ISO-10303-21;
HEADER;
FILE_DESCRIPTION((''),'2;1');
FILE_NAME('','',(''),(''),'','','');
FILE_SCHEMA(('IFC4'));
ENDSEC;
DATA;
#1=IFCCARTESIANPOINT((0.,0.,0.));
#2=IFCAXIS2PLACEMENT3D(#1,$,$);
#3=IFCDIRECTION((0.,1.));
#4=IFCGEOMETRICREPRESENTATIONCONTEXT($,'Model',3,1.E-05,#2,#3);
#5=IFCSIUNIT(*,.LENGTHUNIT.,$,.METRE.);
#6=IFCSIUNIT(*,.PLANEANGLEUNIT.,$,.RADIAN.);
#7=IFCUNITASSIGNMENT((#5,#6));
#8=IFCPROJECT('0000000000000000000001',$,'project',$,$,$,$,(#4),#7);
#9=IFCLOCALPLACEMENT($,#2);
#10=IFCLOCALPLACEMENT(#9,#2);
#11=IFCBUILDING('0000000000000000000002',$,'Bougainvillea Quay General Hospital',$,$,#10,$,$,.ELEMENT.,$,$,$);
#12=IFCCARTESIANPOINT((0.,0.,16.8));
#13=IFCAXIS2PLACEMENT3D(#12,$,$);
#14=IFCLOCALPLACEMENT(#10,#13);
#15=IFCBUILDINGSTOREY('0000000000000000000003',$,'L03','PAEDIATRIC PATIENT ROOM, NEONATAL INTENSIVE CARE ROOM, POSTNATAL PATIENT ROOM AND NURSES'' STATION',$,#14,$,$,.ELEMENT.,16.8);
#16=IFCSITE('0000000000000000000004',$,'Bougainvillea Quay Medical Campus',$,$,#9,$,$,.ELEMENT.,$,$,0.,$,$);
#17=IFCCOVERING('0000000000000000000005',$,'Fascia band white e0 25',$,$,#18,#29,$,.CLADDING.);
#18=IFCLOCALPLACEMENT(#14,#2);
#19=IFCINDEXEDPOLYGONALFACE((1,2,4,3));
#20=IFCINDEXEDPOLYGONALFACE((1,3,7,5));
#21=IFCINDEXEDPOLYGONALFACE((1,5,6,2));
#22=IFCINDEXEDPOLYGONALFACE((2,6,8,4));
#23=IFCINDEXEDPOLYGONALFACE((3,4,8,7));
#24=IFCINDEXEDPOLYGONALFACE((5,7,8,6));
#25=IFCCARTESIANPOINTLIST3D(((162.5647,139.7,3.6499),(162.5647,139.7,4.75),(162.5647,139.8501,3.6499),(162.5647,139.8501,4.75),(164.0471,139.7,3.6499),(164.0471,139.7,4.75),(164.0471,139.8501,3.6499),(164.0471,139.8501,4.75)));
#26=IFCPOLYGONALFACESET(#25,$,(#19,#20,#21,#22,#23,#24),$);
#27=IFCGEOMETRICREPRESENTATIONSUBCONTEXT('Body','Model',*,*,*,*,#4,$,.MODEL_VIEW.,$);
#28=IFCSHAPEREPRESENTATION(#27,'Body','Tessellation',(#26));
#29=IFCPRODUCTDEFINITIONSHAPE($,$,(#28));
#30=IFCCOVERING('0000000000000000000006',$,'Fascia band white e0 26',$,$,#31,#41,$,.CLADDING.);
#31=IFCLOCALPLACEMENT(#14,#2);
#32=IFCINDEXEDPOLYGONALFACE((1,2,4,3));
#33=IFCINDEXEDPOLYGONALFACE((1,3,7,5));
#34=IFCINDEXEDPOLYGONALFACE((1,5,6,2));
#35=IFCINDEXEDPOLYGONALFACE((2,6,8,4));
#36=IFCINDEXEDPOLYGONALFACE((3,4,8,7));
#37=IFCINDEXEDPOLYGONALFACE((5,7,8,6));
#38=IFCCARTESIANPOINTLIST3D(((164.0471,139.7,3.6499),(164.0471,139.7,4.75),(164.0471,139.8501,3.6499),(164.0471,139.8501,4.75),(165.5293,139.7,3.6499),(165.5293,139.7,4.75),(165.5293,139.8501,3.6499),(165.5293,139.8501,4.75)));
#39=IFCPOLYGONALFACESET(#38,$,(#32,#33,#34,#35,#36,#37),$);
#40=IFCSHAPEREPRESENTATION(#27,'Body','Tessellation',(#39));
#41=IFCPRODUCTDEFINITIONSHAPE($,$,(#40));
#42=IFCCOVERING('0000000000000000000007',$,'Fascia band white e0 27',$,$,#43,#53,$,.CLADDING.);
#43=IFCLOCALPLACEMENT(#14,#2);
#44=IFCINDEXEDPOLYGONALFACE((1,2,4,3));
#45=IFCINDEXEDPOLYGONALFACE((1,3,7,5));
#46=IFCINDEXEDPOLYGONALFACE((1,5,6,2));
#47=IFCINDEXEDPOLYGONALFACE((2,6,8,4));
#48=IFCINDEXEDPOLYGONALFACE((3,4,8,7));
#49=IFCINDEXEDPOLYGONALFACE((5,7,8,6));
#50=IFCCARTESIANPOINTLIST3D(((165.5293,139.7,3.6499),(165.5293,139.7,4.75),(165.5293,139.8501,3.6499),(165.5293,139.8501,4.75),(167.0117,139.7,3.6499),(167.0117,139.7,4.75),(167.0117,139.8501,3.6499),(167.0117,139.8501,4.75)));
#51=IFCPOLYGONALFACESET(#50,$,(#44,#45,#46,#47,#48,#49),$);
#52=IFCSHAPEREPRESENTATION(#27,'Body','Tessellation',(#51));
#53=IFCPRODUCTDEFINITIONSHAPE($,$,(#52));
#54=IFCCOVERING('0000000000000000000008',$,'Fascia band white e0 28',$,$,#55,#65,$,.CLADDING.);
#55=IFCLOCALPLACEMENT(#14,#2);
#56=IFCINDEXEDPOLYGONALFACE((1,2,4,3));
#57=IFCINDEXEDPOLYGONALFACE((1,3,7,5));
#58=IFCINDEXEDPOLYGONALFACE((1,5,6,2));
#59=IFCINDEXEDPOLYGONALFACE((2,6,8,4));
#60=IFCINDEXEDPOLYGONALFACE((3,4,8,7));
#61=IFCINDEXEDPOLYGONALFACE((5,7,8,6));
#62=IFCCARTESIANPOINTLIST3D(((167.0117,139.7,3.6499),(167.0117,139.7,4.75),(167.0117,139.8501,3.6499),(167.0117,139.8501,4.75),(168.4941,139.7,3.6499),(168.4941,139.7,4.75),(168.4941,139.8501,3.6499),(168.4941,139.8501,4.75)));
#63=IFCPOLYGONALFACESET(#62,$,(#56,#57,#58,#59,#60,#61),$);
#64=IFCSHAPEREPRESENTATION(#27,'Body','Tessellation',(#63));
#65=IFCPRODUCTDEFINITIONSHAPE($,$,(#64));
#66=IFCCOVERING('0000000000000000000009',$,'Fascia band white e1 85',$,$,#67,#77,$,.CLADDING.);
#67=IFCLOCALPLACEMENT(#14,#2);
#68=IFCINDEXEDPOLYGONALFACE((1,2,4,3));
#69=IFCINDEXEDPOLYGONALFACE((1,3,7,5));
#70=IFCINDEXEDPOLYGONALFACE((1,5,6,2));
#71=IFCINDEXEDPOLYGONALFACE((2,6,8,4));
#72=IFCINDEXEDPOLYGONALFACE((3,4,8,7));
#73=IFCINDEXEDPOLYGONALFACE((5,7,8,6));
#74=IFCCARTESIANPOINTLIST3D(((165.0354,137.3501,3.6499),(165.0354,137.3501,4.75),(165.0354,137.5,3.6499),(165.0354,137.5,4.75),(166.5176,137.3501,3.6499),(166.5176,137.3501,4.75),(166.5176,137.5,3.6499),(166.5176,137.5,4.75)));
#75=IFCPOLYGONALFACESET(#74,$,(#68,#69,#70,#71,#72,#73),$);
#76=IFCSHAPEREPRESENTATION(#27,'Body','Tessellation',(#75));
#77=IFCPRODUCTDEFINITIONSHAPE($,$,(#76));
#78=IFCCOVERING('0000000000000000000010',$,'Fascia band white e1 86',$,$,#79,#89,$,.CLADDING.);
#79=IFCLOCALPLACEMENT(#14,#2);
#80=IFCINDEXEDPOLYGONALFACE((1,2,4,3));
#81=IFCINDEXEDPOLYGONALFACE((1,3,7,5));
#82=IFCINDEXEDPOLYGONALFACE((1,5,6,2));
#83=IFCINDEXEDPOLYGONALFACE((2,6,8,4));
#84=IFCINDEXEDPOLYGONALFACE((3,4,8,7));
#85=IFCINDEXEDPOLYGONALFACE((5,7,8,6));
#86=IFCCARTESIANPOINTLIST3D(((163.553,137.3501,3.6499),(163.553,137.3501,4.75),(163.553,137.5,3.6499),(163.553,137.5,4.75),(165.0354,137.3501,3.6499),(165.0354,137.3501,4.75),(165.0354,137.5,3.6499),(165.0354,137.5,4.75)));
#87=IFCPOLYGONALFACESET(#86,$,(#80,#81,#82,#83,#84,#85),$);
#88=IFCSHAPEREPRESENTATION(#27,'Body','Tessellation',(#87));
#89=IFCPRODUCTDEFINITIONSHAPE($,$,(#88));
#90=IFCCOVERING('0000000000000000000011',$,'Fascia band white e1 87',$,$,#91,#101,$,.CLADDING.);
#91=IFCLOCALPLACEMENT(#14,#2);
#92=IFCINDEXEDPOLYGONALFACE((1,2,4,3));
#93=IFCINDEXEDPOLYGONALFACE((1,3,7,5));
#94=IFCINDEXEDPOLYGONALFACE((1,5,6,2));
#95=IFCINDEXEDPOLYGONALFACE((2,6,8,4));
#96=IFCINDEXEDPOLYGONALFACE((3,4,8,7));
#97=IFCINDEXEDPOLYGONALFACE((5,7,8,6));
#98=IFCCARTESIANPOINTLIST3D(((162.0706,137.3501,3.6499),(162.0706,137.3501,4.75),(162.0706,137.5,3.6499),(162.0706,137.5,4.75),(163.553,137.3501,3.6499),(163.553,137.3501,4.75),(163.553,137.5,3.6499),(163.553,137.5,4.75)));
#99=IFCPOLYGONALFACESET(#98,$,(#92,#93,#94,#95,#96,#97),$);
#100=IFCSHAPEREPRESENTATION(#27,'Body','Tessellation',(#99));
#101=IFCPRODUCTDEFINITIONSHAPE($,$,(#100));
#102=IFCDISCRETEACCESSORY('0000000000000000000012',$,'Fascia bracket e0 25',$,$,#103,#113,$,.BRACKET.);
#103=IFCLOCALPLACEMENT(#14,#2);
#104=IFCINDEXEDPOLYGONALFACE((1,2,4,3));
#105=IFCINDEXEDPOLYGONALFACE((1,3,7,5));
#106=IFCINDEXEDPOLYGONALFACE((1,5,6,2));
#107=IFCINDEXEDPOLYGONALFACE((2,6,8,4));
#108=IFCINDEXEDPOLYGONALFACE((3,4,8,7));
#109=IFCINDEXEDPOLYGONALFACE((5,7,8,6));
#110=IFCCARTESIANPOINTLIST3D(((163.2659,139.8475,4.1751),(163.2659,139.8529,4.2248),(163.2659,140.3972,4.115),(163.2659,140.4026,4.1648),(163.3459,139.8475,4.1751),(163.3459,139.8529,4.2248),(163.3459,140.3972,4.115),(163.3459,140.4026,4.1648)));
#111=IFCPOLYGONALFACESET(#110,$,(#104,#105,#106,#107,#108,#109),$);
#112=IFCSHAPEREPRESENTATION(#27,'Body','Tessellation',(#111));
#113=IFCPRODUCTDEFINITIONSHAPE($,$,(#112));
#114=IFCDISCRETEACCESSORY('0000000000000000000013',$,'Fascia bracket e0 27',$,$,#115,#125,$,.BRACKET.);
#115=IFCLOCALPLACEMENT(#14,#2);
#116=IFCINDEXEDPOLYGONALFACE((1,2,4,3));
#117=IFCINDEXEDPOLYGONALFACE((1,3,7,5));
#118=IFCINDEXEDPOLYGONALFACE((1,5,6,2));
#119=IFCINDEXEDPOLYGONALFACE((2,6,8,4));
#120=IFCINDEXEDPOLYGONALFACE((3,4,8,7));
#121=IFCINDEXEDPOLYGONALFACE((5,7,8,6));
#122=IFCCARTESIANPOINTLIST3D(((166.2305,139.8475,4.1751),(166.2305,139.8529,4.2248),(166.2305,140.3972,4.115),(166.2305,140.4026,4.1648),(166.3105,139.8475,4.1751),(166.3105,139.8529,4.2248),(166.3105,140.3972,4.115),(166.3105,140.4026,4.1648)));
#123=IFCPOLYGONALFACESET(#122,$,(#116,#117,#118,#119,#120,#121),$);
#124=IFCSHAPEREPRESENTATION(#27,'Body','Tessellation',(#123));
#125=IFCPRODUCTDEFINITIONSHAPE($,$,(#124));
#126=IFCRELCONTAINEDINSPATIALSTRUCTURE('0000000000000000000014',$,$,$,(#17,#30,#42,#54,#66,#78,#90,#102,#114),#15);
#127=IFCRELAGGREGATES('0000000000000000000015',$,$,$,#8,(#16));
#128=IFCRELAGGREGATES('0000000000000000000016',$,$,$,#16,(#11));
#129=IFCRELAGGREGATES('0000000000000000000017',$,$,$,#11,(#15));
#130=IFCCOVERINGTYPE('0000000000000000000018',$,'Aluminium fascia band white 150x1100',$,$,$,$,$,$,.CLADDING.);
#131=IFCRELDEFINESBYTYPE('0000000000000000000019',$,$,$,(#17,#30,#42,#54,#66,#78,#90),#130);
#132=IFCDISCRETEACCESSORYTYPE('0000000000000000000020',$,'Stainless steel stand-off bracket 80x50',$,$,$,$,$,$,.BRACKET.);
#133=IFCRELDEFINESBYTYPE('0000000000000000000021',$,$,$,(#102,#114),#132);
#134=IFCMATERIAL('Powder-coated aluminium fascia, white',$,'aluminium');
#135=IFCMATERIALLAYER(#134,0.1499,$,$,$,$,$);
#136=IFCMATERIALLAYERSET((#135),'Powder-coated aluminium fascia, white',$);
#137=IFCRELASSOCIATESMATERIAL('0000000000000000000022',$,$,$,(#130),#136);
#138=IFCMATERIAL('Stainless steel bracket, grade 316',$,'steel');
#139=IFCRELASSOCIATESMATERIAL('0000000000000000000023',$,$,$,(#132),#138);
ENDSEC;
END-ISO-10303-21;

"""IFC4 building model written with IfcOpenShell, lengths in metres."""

from ifc_helpers import new_model, si_unit, direction, frame, origin, origin_2d, place, context, subcontext, project, spatial, polyline, rectangle, outline, extrude, material, layer, layer_set, material_profile, profile_set, type_object, element, save


model = new_model("IFC4")

# Units and contexts
model_context = context("Model", 3, precision=1e-05, world=origin(), true_north=direction((0.0, 1.0)))
body_context = subcontext(model_context, "Body", "Model", "MODEL_VIEW")
ifc_project = project(units=[si_unit("LENGTHUNIT", "METRE"), si_unit("PLANEANGLEUNIT", "RADIAN")], contexts=[model_context])

# Site, building, storey
site_placement = place(None, origin())
site = spatial("IfcSite", under=ifc_project, at=site_placement, Name="Bougainvillea Quay Medical Campus", CompositionType="ELEMENT", RefElevation=0.0)
building_placement = place(site_placement, origin())
building = spatial("IfcBuilding", under=site, at=building_placement, Name="Bougainvillea Quay General Hospital", CompositionType="ELEMENT")
storey_placement = place(building_placement, frame((0.0, 0.0, 16.8)))
storey = spatial("IfcBuildingStorey", under=building, at=storey_placement, Name="L03", Description="PAEDIATRIC PATIENT ROOM, NEONATAL INTENSIVE CARE ROOM, POSTNATAL PATIENT ROOM AND NURSES' STATION", CompositionType="ELEMENT", Elevation=16.8)

# Coverings
ifc_material_1 = material(Name="Powder-coated aluminium fascia, white", Category="aluminium")
ifc_layer_1 = layer(ifc_material_1, 0.1499)
ifc_layer_set_1 = layer_set([ifc_layer_1], Name="Powder-coated aluminium fascia, white")
covering_type = type_object("IfcCoveringType", Name="Aluminium fascia band white 150x1100", PredefinedType="CLADDING", material=ifc_layer_set_1)
covering_1_placement = place(storey_placement, frame((162.5647, 139.8501, 3.6499), z_axis=(0.0, 0.0, 1.0), x_axis=(1.0, 0.0, 0.0)))
element("IfcCovering", 1, at=covering_1_placement, inside=storey, type_object=covering_type, Name="Fascia band white e0 25", PredefinedType="CLADDING", context=body_context, shape_type="SweptSolid", body=[
    extrude(outline(polyline([(0.0, 0.0), (1.4824, 0.0), (1.4824, -0.1501), (0.0, -0.1501), (0.0, 0.0)])), origin(), (0.0, 0.0, 1.0), 1.1001),
])
covering_2_placement = place(storey_placement, frame((164.0471, 139.8501, 3.6499), z_axis=(0.0, 0.0, 1.0), x_axis=(1.0, 0.0, 0.0)))
element("IfcCovering", 2, at=covering_2_placement, inside=storey, type_object=covering_type, Name="Fascia band white e0 26", PredefinedType="CLADDING", context=body_context, shape_type="SweptSolid", body=[
    extrude(outline(polyline([(0.0, 0.0), (1.4822, 0.0), (1.4822, -0.1501), (0.0, -0.1501), (0.0, 0.0)])), origin(), (0.0, 0.0, 1.0), 1.1001),
])
for number, where, z_axis, x_axis, name in (
    (3, (165.5293, 139.8501, 3.6499), (0.0, 0.0, 1.0), (1.0, 0.0, 0.0), "Fascia band white e0 27"),
    (4, (167.0117, 139.8501, 3.6499), (0.0, 0.0, 1.0), (1.0, 0.0, 0.0), "Fascia band white e0 28"),
):
    element("IfcCovering", number, at=place(storey_placement, frame(where, z_axis=z_axis, x_axis=x_axis)), inside=storey, type_object=covering_type, Name=name, PredefinedType="CLADDING", context=body_context, shape_type="SweptSolid", body=[
        extrude(outline(polyline([(0.0, 0.0), (1.4824, 0.0), (1.4824, -0.1501), (0.0, -0.1501), (0.0, 0.0)])), origin(), (0.0, 0.0, 1.0), 1.1001),
    ])
covering_3_placement = place(storey_placement, frame((166.5176, 137.3501, 3.6499), z_axis=(0.0, 0.0, 1.0), x_axis=(-1.0, 0.0, 0.0)))
element("IfcCovering", 5, at=covering_3_placement, inside=storey, type_object=covering_type, Name="Fascia band white e1 85", PredefinedType="CLADDING", context=body_context, shape_type="SweptSolid", body=[
    extrude(outline(polyline([(0.0, 0.0), (1.4822, 0.0), (1.4822, -0.1499), (0.0, -0.1499), (0.0, 0.0)])), origin(), (0.0, 0.0, 1.0), 1.1001),
])
for number, where, z_axis, x_axis, name in (
    (6, (165.0354, 137.3501, 3.6499), (0.0, 0.0, 1.0), (-1.0, 0.0, 0.0), "Fascia band white e1 86"),
    (7, (163.553, 137.3501, 3.6499), (0.0, 0.0, 1.0), (-1.0, 0.0, 0.0), "Fascia band white e1 87"),
):
    element("IfcCovering", number, at=place(storey_placement, frame(where, z_axis=z_axis, x_axis=x_axis)), inside=storey, type_object=covering_type, Name=name, PredefinedType="CLADDING", context=body_context, shape_type="SweptSolid", body=[
        extrude(outline(polyline([(0.0, 0.0), (1.4824, 0.0), (1.4824, -0.1499), (0.0, -0.1499), (0.0, 0.0)])), origin(), (0.0, 0.0, 1.0), 1.1001),
    ])

# Discrete accessories
ifc_material_2 = material(Name="Stainless steel bracket, grade 316", Category="steel")
ifc_material_profile_1 = material_profile(ifc_material_2, rectangle(XDim=0.0801, YDim=0.05, at=origin_2d()))
ifc_profile_set_1 = profile_set([ifc_material_profile_1], Name="Stainless steel bracket, grade 316")
discrete_accessory_type = type_object("IfcDiscreteAccessoryType", Name="Stainless steel stand-off bracket 80x50", PredefinedType="BRACKET", material=ifc_profile_set_1)
for number, where, z_axis, x_axis, name in (
    (8, (163.3059, 140.3999, 4.1399), (0.0, -0.994087, 0.10859), (1.0, 0.0, 0.0), "Fascia bracket e0 25"),
    (9, (166.2705, 140.3999, 4.1399), (0.0, -0.994087, 0.10859), (1.0, 0.0, 0.0), "Fascia bracket e0 27"),
):
    element("IfcDiscreteAccessory", number, at=place(storey_placement, frame(where, z_axis=z_axis, x_axis=x_axis)), inside=storey, type_object=discrete_accessory_type, Name=name, PredefinedType="BRACKET", context=body_context, shape_type="SweptSolid", body=[
        extrude(rectangle(XDim=0.0801, YDim=0.05, at=origin_2d()), origin(), (0.0, 0.0, 1.0), 0.553),
    ])

save(model, "model.ifc")
